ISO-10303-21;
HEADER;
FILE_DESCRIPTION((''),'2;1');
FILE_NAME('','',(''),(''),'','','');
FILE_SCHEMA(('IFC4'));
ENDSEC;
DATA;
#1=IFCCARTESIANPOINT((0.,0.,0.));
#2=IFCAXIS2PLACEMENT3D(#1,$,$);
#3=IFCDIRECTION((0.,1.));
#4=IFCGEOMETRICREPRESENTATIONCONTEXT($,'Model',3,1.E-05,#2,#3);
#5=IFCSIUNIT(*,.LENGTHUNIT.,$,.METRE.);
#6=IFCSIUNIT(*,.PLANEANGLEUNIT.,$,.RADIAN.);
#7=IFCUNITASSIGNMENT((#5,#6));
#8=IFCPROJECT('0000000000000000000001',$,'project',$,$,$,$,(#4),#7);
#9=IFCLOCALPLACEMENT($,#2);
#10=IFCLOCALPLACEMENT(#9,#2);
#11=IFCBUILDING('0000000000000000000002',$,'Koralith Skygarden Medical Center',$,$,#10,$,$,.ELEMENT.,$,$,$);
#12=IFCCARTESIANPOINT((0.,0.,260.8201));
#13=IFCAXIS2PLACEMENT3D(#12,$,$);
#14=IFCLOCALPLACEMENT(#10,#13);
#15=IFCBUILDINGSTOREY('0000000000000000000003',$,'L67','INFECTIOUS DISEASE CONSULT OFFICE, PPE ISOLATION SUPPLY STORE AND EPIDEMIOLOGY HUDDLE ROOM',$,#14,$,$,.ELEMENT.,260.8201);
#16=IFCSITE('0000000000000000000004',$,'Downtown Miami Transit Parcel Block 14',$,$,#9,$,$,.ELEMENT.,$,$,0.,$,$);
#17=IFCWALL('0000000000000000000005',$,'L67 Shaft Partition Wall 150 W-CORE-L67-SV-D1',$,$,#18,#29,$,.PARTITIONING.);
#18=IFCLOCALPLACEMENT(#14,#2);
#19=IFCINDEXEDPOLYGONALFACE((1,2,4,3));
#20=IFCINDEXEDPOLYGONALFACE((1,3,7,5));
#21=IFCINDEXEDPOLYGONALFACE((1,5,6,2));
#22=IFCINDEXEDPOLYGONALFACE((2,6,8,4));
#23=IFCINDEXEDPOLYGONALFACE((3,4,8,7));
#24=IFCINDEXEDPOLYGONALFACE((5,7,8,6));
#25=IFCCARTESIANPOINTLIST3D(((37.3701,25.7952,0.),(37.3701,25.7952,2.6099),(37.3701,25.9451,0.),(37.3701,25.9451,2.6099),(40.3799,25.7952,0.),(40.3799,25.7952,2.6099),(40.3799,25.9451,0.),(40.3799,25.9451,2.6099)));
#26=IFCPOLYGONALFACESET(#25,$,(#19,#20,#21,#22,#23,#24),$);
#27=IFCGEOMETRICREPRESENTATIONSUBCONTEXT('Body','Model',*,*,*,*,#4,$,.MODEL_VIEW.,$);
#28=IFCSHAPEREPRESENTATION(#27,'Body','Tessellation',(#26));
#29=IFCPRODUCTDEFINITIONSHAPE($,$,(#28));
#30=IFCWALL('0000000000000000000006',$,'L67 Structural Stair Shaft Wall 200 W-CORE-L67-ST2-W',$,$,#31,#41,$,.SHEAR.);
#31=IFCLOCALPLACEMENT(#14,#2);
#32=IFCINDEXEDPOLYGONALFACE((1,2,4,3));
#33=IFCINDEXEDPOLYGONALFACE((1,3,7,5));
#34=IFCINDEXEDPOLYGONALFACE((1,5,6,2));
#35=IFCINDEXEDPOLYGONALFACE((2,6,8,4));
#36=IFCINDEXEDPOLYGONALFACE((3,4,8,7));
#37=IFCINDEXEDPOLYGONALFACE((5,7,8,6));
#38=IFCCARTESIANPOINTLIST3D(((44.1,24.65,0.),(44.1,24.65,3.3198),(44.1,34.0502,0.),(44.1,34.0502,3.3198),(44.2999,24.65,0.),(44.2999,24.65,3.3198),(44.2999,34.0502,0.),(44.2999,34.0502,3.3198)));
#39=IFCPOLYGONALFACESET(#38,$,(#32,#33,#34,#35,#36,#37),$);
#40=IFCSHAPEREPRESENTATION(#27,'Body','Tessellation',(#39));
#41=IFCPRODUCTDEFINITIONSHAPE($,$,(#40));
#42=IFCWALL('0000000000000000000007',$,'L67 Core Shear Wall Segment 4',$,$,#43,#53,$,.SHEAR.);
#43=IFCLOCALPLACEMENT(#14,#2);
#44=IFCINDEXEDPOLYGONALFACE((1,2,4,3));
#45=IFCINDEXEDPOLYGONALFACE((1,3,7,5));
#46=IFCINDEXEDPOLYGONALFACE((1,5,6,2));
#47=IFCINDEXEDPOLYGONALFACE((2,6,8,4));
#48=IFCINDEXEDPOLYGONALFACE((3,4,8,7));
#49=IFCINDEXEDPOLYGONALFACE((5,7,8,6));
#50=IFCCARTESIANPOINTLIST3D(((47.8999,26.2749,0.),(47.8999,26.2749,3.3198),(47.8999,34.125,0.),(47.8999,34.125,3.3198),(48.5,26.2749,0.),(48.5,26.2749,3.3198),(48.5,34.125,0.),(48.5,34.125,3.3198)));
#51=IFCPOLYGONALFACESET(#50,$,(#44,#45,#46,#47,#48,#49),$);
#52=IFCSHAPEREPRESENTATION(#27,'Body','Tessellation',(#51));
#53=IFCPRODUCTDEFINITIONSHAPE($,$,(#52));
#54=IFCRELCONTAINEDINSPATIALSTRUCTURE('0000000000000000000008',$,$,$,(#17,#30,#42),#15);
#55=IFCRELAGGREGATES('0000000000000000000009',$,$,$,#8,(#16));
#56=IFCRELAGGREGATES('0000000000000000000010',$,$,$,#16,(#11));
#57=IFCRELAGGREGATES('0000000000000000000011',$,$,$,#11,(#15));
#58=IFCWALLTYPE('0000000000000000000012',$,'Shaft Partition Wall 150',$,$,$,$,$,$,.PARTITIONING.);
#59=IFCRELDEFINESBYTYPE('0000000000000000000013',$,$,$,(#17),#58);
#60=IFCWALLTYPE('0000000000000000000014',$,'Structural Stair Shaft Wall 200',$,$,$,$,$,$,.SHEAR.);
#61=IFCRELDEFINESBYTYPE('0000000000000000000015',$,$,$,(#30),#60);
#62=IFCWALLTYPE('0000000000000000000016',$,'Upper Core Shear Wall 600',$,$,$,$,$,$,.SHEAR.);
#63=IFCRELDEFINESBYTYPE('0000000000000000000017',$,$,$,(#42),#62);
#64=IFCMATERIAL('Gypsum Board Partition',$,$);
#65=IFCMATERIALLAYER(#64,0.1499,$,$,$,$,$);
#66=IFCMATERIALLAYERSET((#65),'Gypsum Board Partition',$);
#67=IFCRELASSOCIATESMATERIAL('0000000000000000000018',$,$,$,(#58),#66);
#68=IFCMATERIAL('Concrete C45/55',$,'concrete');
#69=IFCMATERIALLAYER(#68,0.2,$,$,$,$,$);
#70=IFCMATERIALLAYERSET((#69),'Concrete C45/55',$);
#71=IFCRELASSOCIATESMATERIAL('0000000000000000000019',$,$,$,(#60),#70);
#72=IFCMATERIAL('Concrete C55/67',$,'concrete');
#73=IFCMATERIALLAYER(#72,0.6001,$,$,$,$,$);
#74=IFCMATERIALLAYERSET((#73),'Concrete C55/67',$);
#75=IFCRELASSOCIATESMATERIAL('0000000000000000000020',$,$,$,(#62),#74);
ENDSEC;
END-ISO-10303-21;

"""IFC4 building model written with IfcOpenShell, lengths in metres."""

from ifc_helpers import new_model, si_unit, direction, frame, frame_2d, origin, place, context, subcontext, project, spatial, rectangle, extrude, material, layer, layer_set, type_object, element, save


model = new_model("IFC4")

# Units and contexts
model_context = context("Model", 3, precision=1e-05, world=origin(), true_north=direction((0.0, 1.0)))
body_context = subcontext(model_context, "Body", "Model", "MODEL_VIEW")
ifc_project = project(units=[si_unit("LENGTHUNIT", "METRE"), si_unit("PLANEANGLEUNIT", "RADIAN")], contexts=[model_context])

# Site, building, storey
site_placement = place(None, origin())
site = spatial("IfcSite", under=ifc_project, at=site_placement, Name="Downtown Miami Transit Parcel Block 14", CompositionType="ELEMENT", RefElevation=0.0)
building_placement = place(site_placement, origin())
building = spatial("IfcBuilding", under=site, at=building_placement, Name="Koralith Skygarden Medical Center", CompositionType="ELEMENT")
storey_placement = place(building_placement, frame((0.0, 0.0, 260.8201)))
storey = spatial("IfcBuildingStorey", under=building, at=storey_placement, Name="L67", Description="INFECTIOUS DISEASE CONSULT OFFICE, PPE ISOLATION SUPPLY STORE AND EPIDEMIOLOGY HUDDLE ROOM", CompositionType="ELEMENT", Elevation=260.8201)

# Shared definitions
ifc_material_1 = material(Name="Concrete C55/67", Category="concrete")

# Shared definitions
ifc_material_2 = material(Name="Concrete C45/55", Category="concrete")

# Shared definitions
ifc_material_3 = material(Name="Gypsum Board Partition")

# Walls
ifc_layer_1 = layer(ifc_material_3, 0.1499)
ifc_layer_set_1 = layer_set([ifc_layer_1], Name="Gypsum Board Partition")
wall_type_1 = type_object("IfcWallType", Name="Shaft Partition Wall 150", PredefinedType="PARTITIONING", material=ifc_layer_set_1)
wall_1_placement = place(storey_placement, frame((37.3701, 25.8701, 0.0), z_axis=(0.0, 0.0, 1.0), x_axis=(1.0, 0.0, 0.0)))
element("IfcWall", 1, at=wall_1_placement, inside=storey, type_object=wall_type_1, Name="L67 Shaft Partition Wall 150 W-CORE-L67-SV-D1", PredefinedType="PARTITIONING", context=body_context, shape_type="SweptSolid", body=[
    extrude(rectangle(XDim=3.0098, YDim=0.1499, at=frame_2d((1.5049, 0.0))), origin(), (0.0, 0.0, 1.0), 2.6099),
])
ifc_layer_2 = layer(ifc_material_2, 0.2)
ifc_layer_set_2 = layer_set([ifc_layer_2], Name="Concrete C45/55")
wall_type_2 = type_object("IfcWallType", Name="Structural Stair Shaft Wall 200", PredefinedType="SHEAR", material=ifc_layer_set_2)
wall_2_placement = place(storey_placement, frame((44.2, 24.6499, 0.0), z_axis=(0.0, 0.0, 1.0), x_axis=(0.0, 1.0, 0.0)))
element("IfcWall", 2, at=wall_2_placement, inside=storey, type_object=wall_type_2, Name="L67 Structural Stair Shaft Wall 200 W-CORE-L67-ST2-W", PredefinedType="SHEAR", context=body_context, shape_type="SweptSolid", body=[
    extrude(rectangle(XDim=9.4001, YDim=0.2, at=frame_2d((4.7002, 0.0))), origin(), (0.0, 0.0, 1.0), 3.3198),
])

# Shared definitions
ifc_layer_3 = layer(ifc_material_1, 0.6001)
ifc_layer_set_3 = layer_set([ifc_layer_3], Name="Concrete C55/67")
wall_type_3 = type_object("IfcWallType", Name="Upper Core Shear Wall 600", PredefinedType="SHEAR", material=ifc_layer_set_3)

# Wall
wall_3_placement = place(storey_placement, frame((48.2, 26.2749, 0.0), z_axis=(0.0, 0.0, 1.0), x_axis=(0.0, 1.0, 0.0)))
element("IfcWall", 3, at=wall_3_placement, inside=storey, type_object=wall_type_3, Name="L67 Core Shear Wall Segment 4", PredefinedType="SHEAR", context=body_context, shape_type="SweptSolid", body=[
    extrude(rectangle(XDim=7.8501, YDim=0.6001, at=frame_2d((3.925, 0.0))), origin(), (0.0, 0.0, 1.0), 3.3198),
])

save(model, "model.ifc")
